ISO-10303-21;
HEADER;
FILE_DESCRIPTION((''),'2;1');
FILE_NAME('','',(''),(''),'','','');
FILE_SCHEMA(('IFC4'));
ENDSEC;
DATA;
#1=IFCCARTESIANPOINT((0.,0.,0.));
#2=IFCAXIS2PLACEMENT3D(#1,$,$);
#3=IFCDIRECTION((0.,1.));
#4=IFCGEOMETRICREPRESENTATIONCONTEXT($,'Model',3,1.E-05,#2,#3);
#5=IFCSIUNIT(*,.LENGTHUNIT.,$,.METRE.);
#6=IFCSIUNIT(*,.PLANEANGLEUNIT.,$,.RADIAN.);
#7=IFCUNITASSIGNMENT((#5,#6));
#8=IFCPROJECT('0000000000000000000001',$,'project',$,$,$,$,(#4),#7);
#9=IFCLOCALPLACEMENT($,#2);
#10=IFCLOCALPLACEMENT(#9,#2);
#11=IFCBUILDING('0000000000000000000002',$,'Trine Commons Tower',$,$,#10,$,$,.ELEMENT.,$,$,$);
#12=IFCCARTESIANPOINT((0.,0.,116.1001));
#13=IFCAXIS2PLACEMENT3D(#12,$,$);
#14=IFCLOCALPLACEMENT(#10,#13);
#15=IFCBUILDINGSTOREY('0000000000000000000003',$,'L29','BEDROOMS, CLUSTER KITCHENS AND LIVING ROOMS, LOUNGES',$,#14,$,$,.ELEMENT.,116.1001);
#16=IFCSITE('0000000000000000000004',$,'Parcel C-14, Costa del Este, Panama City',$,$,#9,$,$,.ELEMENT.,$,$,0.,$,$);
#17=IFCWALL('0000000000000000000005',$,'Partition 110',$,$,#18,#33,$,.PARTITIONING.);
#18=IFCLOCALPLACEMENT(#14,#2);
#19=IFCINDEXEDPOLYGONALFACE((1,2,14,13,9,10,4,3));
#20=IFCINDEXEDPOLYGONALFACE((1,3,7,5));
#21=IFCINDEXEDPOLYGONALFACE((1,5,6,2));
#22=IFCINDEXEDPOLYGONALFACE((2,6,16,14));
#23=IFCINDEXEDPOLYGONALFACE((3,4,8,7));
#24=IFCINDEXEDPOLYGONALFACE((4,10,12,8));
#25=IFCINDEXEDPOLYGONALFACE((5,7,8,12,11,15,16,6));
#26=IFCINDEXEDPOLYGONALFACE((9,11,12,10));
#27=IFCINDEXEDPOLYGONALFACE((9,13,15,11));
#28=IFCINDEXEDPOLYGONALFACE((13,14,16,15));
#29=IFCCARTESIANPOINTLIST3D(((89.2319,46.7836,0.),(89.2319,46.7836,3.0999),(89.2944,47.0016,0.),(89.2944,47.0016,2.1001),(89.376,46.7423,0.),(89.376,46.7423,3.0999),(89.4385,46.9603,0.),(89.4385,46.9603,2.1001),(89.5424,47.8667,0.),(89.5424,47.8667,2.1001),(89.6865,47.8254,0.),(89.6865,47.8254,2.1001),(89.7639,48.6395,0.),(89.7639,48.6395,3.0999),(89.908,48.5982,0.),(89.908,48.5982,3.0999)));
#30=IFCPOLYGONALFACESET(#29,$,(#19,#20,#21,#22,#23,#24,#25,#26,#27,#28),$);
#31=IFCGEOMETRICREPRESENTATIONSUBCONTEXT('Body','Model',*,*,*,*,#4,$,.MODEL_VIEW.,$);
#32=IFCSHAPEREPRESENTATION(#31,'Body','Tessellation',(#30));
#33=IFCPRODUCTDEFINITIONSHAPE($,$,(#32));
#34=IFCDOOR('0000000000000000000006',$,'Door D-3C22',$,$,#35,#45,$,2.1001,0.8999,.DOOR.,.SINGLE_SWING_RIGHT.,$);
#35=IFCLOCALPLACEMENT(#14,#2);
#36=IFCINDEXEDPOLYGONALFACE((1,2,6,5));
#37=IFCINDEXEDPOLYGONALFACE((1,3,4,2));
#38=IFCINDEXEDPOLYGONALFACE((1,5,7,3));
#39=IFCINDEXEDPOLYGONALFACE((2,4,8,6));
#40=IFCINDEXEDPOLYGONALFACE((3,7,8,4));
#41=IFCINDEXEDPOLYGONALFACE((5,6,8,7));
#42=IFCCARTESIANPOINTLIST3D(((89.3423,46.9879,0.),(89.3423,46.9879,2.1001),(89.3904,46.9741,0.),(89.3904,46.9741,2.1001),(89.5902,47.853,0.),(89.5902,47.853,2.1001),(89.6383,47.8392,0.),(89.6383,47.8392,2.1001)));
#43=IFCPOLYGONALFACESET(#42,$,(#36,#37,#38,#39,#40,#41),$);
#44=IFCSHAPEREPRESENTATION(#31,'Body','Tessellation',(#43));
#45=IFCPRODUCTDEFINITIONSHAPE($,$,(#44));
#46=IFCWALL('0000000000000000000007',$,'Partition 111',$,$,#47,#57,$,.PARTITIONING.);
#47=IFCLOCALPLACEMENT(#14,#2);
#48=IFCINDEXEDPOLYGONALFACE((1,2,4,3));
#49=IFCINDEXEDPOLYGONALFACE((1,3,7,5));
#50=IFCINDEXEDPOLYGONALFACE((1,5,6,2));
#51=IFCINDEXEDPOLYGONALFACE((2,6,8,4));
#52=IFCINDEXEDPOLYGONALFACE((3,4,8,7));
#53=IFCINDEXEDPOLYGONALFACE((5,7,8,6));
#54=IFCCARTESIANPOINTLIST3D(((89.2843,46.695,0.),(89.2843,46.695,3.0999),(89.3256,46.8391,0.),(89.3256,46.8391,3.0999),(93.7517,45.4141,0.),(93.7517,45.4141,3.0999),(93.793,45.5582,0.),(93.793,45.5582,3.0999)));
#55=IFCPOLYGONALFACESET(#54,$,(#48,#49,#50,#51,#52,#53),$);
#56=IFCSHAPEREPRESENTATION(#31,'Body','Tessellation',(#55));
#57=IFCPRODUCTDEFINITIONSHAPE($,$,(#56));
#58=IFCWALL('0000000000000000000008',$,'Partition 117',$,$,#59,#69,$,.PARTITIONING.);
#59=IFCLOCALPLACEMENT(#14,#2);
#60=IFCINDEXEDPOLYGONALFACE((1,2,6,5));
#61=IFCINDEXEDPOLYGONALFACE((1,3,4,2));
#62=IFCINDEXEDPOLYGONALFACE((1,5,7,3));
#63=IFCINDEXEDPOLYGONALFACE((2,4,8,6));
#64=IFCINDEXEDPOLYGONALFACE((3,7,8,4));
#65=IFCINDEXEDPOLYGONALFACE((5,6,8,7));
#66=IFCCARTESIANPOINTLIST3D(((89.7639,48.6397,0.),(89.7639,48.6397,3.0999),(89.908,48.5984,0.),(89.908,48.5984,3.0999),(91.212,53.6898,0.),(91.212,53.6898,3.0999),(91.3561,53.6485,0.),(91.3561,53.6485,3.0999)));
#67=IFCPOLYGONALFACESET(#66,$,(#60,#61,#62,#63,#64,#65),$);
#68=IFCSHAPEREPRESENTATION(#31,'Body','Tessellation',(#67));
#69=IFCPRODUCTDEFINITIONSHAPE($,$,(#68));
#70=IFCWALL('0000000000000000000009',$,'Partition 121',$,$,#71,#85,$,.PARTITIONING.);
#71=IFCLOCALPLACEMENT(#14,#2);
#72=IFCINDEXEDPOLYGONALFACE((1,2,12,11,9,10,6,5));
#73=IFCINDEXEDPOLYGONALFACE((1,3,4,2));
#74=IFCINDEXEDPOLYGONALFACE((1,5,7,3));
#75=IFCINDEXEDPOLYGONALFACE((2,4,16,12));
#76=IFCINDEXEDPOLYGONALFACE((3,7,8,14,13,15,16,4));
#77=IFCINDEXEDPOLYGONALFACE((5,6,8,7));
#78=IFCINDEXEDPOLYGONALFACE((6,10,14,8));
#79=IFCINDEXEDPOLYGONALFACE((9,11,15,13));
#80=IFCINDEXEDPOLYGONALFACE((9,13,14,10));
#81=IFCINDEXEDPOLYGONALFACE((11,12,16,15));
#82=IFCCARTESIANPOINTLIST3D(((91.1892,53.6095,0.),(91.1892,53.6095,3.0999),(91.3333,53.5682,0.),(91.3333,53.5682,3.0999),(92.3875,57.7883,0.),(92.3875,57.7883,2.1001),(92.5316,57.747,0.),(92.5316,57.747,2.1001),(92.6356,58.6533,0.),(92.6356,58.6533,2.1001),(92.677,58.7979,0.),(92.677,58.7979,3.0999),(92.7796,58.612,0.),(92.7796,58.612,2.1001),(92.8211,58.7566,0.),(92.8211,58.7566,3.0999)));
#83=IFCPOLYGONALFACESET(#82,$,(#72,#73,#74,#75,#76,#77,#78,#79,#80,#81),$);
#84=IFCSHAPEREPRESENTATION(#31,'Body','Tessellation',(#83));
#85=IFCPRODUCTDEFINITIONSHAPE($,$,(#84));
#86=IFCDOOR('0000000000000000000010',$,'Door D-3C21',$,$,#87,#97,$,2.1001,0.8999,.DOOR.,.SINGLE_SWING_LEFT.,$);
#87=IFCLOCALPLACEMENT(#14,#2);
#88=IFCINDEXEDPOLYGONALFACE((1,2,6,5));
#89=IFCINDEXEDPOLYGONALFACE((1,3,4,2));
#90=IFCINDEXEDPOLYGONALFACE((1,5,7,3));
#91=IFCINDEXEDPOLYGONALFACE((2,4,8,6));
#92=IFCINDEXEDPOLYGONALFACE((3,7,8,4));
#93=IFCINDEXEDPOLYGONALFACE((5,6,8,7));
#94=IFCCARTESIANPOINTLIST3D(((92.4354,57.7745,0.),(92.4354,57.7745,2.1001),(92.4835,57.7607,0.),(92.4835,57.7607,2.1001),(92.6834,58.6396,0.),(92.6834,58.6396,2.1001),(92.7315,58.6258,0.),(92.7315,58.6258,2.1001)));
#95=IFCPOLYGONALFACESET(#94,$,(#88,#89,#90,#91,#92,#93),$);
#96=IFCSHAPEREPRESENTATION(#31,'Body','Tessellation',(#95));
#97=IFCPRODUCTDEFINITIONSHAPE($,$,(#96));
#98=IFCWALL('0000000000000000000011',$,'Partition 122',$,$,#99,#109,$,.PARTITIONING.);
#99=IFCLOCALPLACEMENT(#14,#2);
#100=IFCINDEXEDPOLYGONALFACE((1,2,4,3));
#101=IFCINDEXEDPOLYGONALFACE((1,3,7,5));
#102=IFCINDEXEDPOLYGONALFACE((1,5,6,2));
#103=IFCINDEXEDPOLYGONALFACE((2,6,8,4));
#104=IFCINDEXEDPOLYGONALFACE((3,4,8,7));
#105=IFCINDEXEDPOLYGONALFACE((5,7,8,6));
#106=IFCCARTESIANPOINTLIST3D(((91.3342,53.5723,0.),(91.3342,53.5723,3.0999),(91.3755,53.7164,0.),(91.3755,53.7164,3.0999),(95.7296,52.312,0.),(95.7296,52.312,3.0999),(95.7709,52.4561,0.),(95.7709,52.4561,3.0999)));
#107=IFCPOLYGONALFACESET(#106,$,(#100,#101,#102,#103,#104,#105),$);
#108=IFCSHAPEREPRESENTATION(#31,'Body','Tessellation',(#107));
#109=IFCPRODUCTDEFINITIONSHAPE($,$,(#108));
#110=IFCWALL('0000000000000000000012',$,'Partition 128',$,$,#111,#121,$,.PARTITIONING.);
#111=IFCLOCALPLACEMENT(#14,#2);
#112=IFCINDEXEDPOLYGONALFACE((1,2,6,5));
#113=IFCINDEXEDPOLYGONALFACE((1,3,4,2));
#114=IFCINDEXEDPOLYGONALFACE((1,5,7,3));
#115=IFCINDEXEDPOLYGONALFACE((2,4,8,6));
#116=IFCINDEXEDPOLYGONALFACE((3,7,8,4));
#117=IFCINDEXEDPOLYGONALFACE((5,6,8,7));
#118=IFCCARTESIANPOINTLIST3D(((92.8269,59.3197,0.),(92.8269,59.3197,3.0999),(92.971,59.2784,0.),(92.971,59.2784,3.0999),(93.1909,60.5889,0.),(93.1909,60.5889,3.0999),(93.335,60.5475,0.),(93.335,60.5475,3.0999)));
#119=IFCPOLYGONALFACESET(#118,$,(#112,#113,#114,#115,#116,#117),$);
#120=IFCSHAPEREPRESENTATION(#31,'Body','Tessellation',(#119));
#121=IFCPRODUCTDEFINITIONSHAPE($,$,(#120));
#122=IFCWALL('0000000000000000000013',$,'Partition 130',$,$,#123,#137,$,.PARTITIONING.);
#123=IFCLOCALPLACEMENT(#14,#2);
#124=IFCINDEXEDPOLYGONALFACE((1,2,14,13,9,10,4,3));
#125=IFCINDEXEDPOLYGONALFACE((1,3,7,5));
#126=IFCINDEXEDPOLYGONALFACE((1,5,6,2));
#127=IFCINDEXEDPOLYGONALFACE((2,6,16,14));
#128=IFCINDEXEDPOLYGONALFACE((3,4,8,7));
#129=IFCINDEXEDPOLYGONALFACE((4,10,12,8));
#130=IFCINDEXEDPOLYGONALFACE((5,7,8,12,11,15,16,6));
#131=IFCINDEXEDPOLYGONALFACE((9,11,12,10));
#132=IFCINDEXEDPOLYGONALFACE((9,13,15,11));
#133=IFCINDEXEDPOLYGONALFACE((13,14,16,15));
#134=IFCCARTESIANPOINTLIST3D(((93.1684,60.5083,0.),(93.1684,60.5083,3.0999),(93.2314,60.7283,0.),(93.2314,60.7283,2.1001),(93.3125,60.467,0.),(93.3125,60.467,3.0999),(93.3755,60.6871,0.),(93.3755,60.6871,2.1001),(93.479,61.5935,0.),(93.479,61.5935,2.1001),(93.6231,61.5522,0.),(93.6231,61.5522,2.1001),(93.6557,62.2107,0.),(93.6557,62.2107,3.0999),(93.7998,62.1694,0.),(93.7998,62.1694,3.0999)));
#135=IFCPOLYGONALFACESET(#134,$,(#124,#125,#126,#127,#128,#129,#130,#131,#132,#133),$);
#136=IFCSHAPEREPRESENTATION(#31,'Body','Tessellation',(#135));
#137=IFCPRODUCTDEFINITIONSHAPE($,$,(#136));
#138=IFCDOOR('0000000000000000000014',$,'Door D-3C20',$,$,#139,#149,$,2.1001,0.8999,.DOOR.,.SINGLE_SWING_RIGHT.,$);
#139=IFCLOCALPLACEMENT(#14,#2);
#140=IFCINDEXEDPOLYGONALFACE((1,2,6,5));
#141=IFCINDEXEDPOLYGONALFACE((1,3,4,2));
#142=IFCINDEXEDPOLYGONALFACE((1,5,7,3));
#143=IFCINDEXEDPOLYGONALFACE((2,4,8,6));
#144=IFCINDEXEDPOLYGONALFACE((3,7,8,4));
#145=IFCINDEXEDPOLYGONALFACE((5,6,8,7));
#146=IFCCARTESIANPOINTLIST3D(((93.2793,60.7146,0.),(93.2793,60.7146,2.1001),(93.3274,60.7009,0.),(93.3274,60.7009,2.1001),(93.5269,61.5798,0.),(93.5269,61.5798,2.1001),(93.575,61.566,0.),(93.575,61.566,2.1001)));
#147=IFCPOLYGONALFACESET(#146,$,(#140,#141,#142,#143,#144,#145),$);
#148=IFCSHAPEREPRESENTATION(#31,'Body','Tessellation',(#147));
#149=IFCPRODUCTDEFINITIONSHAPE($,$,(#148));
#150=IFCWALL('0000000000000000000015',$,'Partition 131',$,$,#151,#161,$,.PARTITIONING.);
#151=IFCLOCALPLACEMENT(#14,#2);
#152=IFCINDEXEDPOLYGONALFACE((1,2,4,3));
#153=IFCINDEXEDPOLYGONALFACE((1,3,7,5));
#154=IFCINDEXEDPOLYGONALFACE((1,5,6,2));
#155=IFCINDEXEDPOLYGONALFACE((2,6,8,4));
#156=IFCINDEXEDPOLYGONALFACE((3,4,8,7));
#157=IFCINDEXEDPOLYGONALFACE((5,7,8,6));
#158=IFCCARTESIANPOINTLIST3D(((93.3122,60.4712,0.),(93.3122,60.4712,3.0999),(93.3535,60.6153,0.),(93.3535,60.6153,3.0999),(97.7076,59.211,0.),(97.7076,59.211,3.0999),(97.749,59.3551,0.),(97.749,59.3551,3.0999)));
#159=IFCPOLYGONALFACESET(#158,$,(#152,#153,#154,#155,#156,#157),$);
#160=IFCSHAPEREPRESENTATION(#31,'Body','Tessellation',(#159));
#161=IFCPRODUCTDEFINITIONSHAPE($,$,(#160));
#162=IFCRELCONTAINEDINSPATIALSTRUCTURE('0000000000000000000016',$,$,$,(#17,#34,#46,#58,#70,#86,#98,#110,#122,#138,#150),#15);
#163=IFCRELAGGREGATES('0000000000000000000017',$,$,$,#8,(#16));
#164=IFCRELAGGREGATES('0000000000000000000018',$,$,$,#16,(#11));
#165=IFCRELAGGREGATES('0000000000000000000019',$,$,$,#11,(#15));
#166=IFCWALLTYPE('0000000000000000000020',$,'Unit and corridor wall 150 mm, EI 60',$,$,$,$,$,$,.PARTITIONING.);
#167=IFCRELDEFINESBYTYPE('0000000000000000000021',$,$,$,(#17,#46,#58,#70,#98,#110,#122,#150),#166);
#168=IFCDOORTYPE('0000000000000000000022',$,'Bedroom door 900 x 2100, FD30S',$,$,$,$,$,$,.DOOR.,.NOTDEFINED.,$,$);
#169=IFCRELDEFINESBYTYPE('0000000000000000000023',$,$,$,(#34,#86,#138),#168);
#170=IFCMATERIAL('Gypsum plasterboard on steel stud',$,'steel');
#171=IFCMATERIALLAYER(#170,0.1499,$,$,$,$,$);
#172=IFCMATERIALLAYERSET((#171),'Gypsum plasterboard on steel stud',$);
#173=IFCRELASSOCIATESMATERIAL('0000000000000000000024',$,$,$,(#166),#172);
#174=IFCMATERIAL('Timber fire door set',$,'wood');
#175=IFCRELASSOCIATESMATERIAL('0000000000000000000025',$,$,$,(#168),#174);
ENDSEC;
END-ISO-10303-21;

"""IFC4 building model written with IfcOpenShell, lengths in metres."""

from ifc_helpers import new_model, si_unit, direction, frame, frame_2d, origin, place, context, subcontext, project, spatial, rectangle, extrude, material, layer, layer_set, type_object, element, fill, save


model = new_model("IFC4")

# Units and contexts
model_context = context("Model", 3, precision=1e-05, world=origin(), true_north=direction((0.0, 1.0)))
body_context = subcontext(model_context, "Body", "Model", "MODEL_VIEW")
ifc_project = project(units=[si_unit("LENGTHUNIT", "METRE"), si_unit("PLANEANGLEUNIT", "RADIAN")], contexts=[model_context])

# Site, building, storey
site_placement = place(None, origin())
site = spatial("IfcSite", under=ifc_project, at=site_placement, Name="Parcel C-14, Costa del Este, Panama City", CompositionType="ELEMENT", RefElevation=0.0)
building_placement = place(site_placement, origin())
building = spatial("IfcBuilding", under=site, at=building_placement, Name="Trine Commons Tower", CompositionType="ELEMENT")
storey_placement = place(building_placement, frame((0.0, 0.0, 116.1001)))
storey = spatial("IfcBuildingStorey", under=building, at=storey_placement, Name="L29", Description="BEDROOMS, CLUSTER KITCHENS AND LIVING ROOMS, LOUNGES", CompositionType="ELEMENT", Elevation=116.1001)

# Shared definitions
ifc_material_1 = material(Name="Gypsum plasterboard on steel stud", Category="steel")
ifc_layer_1 = layer(ifc_material_1, 0.1499)
ifc_layer_set_1 = layer_set([ifc_layer_1], Name="Gypsum plasterboard on steel stud")
wall_type_1 = type_object("IfcWallType", Name="Unit and corridor wall 150 mm, EI 60", PredefinedType="PARTITIONING", material=ifc_layer_set_1)

# Wall, opening, door
wall_1_placement = place(storey_placement, frame((89.304, 46.7629, 0.0), z_axis=(0.0, 0.0, 1.0), x_axis=(0.275539, 0.96129, 0.0)))
wall_1 = element("IfcWall", 1, at=wall_1_placement, inside=storey, type_object=wall_type_1, Name="Partition 110", PredefinedType="PARTITIONING", context=body_context, shape_type="SweptSolid", body=[
    extrude(rectangle(XDim=1.9307, YDim=0.1499, at=frame_2d((0.9653, 0.0))), origin(), (0.0, 0.0, 1.0), 3.0999),
])
opening_1_placement = place(wall_1_placement, frame((0.2268, 0.0, 0.0)))
opening_1 = element("IfcOpeningElement", 2, at=opening_1_placement, cuts=wall_1, PredefinedType="OPENING", context=body_context, shape_type="SweptSolid", body=[
    extrude(rectangle(XDim=0.8999, YDim=2.1001, at=frame_2d((0.45, 1.05))), frame((0.0, 0.085, 0.0), z_axis=(0.0, -1.0, 0.0), x_axis=(1.0, 0.0, 0.0)), (0.0, 0.0, 1.0), 0.1699),
])
ifc_material_2 = material(Name="Timber fire door set", Category="wood")
door_type_1 = type_object("IfcDoorType", Name="Bedroom door 900 x 2100, FD30S", OperationType="NOTDEFINED", PredefinedType="DOOR", material=ifc_material_2)
door_1_placement = place(opening_1_placement, frame((0.8999, 0.0, 0.0), z_axis=(0.0, 0.0, 1.0), x_axis=(-1.0, 0.0, 0.0)))
door_1 = element("IfcDoor", 3, at=door_1_placement, inside=storey, type_object=door_type_1, Name="Door D-3C22", OperationType="SINGLE_SWING_RIGHT", OverallHeight=2.1001, OverallWidth=0.8999, PredefinedType="DOOR", context=body_context, shape_type="SweptSolid", body=[
    extrude(rectangle(XDim=0.8999, YDim=2.1001, at=frame_2d((0.45, 1.05))), frame((0.0, 0.0249, 0.0), z_axis=(0.0, -1.0, 0.0), x_axis=(1.0, 0.0, 0.0)), (0.0, 0.0, 1.0), 0.05),
])
fill(opening_1, door_1)

# Walls
wall_2_placement = place(storey_placement, frame((89.3049, 46.7671, 0.0), z_axis=(0.0, 0.0, 1.0), x_axis=(0.961264, -0.27563, 0.0)))
element("IfcWall", 4, at=wall_2_placement, inside=storey, type_object=wall_type_1, Name="Partition 111", PredefinedType="PARTITIONING", context=body_context, shape_type="SweptSolid", body=[
    extrude(rectangle(XDim=4.6475, YDim=0.1499, at=frame_2d((2.3237, 0.0))), origin(), (0.0, 0.0, 1.0), 3.0999),
])
wall_3_placement = place(storey_placement, frame((89.8359, 48.6189, 0.0), z_axis=(0.0, 0.0, 1.0), x_axis=(0.275623, 0.961266, 0.0)))
element("IfcWall", 5, at=wall_3_placement, inside=storey, type_object=wall_type_1, Name="Partition 117", PredefinedType="PARTITIONING", context=body_context, shape_type="SweptSolid", body=[
    extrude(rectangle(XDim=5.2537, YDim=0.1499, at=frame_2d((2.627, 0.0))), origin(), (0.0, 0.0, 1.0), 3.0999),
])

# Wall, opening, door
wall_4_placement = place(storey_placement, frame((91.2612, 53.5889, 0.0), z_axis=(0.0, 0.0, 1.0), x_axis=(0.275653, 0.961257, 0.0)))
wall_4 = element("IfcWall", 6, at=wall_4_placement, inside=storey, type_object=wall_type_1, Name="Partition 121", PredefinedType="PARTITIONING", context=body_context, shape_type="SweptSolid", body=[
    extrude(rectangle(XDim=5.3975, YDim=0.1499, at=frame_2d((2.6987, 0.0))), origin(), (0.0, 0.0, 1.0), 3.0999),
])
opening_2_placement = place(wall_4_placement, frame((4.3472, 0.0, 0.0)))
opening_2 = element("IfcOpeningElement", 7, at=opening_2_placement, cuts=wall_4, PredefinedType="OPENING", context=body_context, shape_type="SweptSolid", body=[
    extrude(rectangle(XDim=0.8999, YDim=2.1001, at=frame_2d((0.45, 1.05))), frame((0.0, 0.085, 0.0), z_axis=(0.0, -1.0, 0.0), x_axis=(1.0, 0.0, 0.0)), (0.0, 0.0, 1.0), 0.1699),
])
door_2_placement = place(opening_2_placement, frame((0.8999, 0.0, 0.0), z_axis=(0.0, 0.0, 1.0), x_axis=(-1.0, 0.0, 0.0)))
door_2 = element("IfcDoor", 8, at=door_2_placement, inside=storey, type_object=door_type_1, Name="Door D-3C21", OperationType="SINGLE_SWING_LEFT", OverallHeight=2.1001, OverallWidth=0.8999, PredefinedType="DOOR", context=body_context, shape_type="SweptSolid", body=[
    extrude(rectangle(XDim=0.8999, YDim=2.1001, at=frame_2d((0.45, 1.05))), frame((0.0, 0.0249, 0.0), z_axis=(0.0, -1.0, 0.0), x_axis=(1.0, 0.0, 0.0)), (0.0, 0.0, 1.0), 0.05),
])
fill(opening_2, door_2)

# Walls
wall_5_placement = place(storey_placement, frame((91.355, 53.6443, 0.0), z_axis=(0.0, 0.0, 1.0), x_axis=(0.96127, -0.27561, 0.0)))
element("IfcWall", 9, at=wall_5_placement, inside=storey, type_object=wall_type_1, Name="Partition 122", PredefinedType="PARTITIONING", context=body_context, shape_type="SweptSolid", body=[
    extrude(rectangle(XDim=4.5725, YDim=0.1499, at=frame_2d((2.2861, 0.0))), origin(), (0.0, 0.0, 1.0), 3.0999),
])
wall_6_placement = place(storey_placement, frame((92.8989, 59.2991, 0.0), z_axis=(0.0, 0.0, 1.0), x_axis=(0.275722, 0.961237, 0.0)))
element("IfcWall", 10, at=wall_6_placement, inside=storey, type_object=wall_type_1, Name="Partition 128", PredefinedType="PARTITIONING", context=body_context, shape_type="SweptSolid", body=[
    extrude(rectangle(XDim=1.3203, YDim=0.1499, at=frame_2d((0.6602, 0.0))), origin(), (0.0, 0.0, 1.0), 3.0999),
])

# Wall, opening, door
wall_7_placement = place(storey_placement, frame((93.2405, 60.4878, 0.0), z_axis=(0.0, 0.0, 1.0), x_axis=(0.275195, 0.961389, 0.0)))
wall_7 = element("IfcWall", 11, at=wall_7_placement, inside=storey, type_object=wall_type_1, Name="Partition 130", PredefinedType="PARTITIONING", context=body_context, shape_type="SweptSolid", body=[
    extrude(rectangle(XDim=1.7708, YDim=0.1499, at=frame_2d((0.8853, 0.0))), origin(), (0.0, 0.0, 1.0), 3.0999),
])
opening_3_placement = place(wall_7_placement, frame((0.2288, 0.0, 0.0)))
opening_3 = element("IfcOpeningElement", 12, at=opening_3_placement, cuts=wall_7, PredefinedType="OPENING", context=body_context, shape_type="SweptSolid", body=[
    extrude(rectangle(XDim=0.8999, YDim=2.1001, at=frame_2d((0.45, 1.05))), frame((0.0, 0.085, 0.0), z_axis=(0.0, -1.0, 0.0), x_axis=(1.0, 0.0, 0.0)), (0.0, 0.0, 1.0), 0.1699),
])
door_3_placement = place(opening_3_placement, frame((0.8999, 0.0, 0.0), z_axis=(0.0, 0.0, 1.0), x_axis=(-1.0, 0.0, 0.0)))
door_3 = element("IfcDoor", 13, at=door_3_placement, inside=storey, type_object=door_type_1, Name="Door D-3C20", OperationType="SINGLE_SWING_RIGHT", OverallHeight=2.1001, OverallWidth=0.8999, PredefinedType="DOOR", context=body_context, shape_type="SweptSolid", body=[
    extrude(rectangle(XDim=0.8999, YDim=2.1001, at=frame_2d((0.45, 1.05))), frame((0.0, 0.0249, 0.0), z_axis=(0.0, -1.0, 0.0), x_axis=(1.0, 0.0, 0.0)), (0.0, 0.0, 1.0), 0.05),
])
fill(opening_3, door_3)

# Wall
wall_8_placement = place(storey_placement, frame((93.333, 60.5432, 0.0), z_axis=(0.0, 0.0, 1.0), x_axis=(0.96127, -0.27561, 0.0)))
element("IfcWall", 14, at=wall_8_placement, inside=storey, type_object=wall_type_1, Name="Partition 131", PredefinedType="PARTITIONING", context=body_context, shape_type="SweptSolid", body=[
    extrude(rectangle(XDim=4.5725, YDim=0.1499, at=frame_2d((2.2861, 0.0))), origin(), (0.0, 0.0, 1.0), 3.0999),
])

save(model, "model.ifc")
